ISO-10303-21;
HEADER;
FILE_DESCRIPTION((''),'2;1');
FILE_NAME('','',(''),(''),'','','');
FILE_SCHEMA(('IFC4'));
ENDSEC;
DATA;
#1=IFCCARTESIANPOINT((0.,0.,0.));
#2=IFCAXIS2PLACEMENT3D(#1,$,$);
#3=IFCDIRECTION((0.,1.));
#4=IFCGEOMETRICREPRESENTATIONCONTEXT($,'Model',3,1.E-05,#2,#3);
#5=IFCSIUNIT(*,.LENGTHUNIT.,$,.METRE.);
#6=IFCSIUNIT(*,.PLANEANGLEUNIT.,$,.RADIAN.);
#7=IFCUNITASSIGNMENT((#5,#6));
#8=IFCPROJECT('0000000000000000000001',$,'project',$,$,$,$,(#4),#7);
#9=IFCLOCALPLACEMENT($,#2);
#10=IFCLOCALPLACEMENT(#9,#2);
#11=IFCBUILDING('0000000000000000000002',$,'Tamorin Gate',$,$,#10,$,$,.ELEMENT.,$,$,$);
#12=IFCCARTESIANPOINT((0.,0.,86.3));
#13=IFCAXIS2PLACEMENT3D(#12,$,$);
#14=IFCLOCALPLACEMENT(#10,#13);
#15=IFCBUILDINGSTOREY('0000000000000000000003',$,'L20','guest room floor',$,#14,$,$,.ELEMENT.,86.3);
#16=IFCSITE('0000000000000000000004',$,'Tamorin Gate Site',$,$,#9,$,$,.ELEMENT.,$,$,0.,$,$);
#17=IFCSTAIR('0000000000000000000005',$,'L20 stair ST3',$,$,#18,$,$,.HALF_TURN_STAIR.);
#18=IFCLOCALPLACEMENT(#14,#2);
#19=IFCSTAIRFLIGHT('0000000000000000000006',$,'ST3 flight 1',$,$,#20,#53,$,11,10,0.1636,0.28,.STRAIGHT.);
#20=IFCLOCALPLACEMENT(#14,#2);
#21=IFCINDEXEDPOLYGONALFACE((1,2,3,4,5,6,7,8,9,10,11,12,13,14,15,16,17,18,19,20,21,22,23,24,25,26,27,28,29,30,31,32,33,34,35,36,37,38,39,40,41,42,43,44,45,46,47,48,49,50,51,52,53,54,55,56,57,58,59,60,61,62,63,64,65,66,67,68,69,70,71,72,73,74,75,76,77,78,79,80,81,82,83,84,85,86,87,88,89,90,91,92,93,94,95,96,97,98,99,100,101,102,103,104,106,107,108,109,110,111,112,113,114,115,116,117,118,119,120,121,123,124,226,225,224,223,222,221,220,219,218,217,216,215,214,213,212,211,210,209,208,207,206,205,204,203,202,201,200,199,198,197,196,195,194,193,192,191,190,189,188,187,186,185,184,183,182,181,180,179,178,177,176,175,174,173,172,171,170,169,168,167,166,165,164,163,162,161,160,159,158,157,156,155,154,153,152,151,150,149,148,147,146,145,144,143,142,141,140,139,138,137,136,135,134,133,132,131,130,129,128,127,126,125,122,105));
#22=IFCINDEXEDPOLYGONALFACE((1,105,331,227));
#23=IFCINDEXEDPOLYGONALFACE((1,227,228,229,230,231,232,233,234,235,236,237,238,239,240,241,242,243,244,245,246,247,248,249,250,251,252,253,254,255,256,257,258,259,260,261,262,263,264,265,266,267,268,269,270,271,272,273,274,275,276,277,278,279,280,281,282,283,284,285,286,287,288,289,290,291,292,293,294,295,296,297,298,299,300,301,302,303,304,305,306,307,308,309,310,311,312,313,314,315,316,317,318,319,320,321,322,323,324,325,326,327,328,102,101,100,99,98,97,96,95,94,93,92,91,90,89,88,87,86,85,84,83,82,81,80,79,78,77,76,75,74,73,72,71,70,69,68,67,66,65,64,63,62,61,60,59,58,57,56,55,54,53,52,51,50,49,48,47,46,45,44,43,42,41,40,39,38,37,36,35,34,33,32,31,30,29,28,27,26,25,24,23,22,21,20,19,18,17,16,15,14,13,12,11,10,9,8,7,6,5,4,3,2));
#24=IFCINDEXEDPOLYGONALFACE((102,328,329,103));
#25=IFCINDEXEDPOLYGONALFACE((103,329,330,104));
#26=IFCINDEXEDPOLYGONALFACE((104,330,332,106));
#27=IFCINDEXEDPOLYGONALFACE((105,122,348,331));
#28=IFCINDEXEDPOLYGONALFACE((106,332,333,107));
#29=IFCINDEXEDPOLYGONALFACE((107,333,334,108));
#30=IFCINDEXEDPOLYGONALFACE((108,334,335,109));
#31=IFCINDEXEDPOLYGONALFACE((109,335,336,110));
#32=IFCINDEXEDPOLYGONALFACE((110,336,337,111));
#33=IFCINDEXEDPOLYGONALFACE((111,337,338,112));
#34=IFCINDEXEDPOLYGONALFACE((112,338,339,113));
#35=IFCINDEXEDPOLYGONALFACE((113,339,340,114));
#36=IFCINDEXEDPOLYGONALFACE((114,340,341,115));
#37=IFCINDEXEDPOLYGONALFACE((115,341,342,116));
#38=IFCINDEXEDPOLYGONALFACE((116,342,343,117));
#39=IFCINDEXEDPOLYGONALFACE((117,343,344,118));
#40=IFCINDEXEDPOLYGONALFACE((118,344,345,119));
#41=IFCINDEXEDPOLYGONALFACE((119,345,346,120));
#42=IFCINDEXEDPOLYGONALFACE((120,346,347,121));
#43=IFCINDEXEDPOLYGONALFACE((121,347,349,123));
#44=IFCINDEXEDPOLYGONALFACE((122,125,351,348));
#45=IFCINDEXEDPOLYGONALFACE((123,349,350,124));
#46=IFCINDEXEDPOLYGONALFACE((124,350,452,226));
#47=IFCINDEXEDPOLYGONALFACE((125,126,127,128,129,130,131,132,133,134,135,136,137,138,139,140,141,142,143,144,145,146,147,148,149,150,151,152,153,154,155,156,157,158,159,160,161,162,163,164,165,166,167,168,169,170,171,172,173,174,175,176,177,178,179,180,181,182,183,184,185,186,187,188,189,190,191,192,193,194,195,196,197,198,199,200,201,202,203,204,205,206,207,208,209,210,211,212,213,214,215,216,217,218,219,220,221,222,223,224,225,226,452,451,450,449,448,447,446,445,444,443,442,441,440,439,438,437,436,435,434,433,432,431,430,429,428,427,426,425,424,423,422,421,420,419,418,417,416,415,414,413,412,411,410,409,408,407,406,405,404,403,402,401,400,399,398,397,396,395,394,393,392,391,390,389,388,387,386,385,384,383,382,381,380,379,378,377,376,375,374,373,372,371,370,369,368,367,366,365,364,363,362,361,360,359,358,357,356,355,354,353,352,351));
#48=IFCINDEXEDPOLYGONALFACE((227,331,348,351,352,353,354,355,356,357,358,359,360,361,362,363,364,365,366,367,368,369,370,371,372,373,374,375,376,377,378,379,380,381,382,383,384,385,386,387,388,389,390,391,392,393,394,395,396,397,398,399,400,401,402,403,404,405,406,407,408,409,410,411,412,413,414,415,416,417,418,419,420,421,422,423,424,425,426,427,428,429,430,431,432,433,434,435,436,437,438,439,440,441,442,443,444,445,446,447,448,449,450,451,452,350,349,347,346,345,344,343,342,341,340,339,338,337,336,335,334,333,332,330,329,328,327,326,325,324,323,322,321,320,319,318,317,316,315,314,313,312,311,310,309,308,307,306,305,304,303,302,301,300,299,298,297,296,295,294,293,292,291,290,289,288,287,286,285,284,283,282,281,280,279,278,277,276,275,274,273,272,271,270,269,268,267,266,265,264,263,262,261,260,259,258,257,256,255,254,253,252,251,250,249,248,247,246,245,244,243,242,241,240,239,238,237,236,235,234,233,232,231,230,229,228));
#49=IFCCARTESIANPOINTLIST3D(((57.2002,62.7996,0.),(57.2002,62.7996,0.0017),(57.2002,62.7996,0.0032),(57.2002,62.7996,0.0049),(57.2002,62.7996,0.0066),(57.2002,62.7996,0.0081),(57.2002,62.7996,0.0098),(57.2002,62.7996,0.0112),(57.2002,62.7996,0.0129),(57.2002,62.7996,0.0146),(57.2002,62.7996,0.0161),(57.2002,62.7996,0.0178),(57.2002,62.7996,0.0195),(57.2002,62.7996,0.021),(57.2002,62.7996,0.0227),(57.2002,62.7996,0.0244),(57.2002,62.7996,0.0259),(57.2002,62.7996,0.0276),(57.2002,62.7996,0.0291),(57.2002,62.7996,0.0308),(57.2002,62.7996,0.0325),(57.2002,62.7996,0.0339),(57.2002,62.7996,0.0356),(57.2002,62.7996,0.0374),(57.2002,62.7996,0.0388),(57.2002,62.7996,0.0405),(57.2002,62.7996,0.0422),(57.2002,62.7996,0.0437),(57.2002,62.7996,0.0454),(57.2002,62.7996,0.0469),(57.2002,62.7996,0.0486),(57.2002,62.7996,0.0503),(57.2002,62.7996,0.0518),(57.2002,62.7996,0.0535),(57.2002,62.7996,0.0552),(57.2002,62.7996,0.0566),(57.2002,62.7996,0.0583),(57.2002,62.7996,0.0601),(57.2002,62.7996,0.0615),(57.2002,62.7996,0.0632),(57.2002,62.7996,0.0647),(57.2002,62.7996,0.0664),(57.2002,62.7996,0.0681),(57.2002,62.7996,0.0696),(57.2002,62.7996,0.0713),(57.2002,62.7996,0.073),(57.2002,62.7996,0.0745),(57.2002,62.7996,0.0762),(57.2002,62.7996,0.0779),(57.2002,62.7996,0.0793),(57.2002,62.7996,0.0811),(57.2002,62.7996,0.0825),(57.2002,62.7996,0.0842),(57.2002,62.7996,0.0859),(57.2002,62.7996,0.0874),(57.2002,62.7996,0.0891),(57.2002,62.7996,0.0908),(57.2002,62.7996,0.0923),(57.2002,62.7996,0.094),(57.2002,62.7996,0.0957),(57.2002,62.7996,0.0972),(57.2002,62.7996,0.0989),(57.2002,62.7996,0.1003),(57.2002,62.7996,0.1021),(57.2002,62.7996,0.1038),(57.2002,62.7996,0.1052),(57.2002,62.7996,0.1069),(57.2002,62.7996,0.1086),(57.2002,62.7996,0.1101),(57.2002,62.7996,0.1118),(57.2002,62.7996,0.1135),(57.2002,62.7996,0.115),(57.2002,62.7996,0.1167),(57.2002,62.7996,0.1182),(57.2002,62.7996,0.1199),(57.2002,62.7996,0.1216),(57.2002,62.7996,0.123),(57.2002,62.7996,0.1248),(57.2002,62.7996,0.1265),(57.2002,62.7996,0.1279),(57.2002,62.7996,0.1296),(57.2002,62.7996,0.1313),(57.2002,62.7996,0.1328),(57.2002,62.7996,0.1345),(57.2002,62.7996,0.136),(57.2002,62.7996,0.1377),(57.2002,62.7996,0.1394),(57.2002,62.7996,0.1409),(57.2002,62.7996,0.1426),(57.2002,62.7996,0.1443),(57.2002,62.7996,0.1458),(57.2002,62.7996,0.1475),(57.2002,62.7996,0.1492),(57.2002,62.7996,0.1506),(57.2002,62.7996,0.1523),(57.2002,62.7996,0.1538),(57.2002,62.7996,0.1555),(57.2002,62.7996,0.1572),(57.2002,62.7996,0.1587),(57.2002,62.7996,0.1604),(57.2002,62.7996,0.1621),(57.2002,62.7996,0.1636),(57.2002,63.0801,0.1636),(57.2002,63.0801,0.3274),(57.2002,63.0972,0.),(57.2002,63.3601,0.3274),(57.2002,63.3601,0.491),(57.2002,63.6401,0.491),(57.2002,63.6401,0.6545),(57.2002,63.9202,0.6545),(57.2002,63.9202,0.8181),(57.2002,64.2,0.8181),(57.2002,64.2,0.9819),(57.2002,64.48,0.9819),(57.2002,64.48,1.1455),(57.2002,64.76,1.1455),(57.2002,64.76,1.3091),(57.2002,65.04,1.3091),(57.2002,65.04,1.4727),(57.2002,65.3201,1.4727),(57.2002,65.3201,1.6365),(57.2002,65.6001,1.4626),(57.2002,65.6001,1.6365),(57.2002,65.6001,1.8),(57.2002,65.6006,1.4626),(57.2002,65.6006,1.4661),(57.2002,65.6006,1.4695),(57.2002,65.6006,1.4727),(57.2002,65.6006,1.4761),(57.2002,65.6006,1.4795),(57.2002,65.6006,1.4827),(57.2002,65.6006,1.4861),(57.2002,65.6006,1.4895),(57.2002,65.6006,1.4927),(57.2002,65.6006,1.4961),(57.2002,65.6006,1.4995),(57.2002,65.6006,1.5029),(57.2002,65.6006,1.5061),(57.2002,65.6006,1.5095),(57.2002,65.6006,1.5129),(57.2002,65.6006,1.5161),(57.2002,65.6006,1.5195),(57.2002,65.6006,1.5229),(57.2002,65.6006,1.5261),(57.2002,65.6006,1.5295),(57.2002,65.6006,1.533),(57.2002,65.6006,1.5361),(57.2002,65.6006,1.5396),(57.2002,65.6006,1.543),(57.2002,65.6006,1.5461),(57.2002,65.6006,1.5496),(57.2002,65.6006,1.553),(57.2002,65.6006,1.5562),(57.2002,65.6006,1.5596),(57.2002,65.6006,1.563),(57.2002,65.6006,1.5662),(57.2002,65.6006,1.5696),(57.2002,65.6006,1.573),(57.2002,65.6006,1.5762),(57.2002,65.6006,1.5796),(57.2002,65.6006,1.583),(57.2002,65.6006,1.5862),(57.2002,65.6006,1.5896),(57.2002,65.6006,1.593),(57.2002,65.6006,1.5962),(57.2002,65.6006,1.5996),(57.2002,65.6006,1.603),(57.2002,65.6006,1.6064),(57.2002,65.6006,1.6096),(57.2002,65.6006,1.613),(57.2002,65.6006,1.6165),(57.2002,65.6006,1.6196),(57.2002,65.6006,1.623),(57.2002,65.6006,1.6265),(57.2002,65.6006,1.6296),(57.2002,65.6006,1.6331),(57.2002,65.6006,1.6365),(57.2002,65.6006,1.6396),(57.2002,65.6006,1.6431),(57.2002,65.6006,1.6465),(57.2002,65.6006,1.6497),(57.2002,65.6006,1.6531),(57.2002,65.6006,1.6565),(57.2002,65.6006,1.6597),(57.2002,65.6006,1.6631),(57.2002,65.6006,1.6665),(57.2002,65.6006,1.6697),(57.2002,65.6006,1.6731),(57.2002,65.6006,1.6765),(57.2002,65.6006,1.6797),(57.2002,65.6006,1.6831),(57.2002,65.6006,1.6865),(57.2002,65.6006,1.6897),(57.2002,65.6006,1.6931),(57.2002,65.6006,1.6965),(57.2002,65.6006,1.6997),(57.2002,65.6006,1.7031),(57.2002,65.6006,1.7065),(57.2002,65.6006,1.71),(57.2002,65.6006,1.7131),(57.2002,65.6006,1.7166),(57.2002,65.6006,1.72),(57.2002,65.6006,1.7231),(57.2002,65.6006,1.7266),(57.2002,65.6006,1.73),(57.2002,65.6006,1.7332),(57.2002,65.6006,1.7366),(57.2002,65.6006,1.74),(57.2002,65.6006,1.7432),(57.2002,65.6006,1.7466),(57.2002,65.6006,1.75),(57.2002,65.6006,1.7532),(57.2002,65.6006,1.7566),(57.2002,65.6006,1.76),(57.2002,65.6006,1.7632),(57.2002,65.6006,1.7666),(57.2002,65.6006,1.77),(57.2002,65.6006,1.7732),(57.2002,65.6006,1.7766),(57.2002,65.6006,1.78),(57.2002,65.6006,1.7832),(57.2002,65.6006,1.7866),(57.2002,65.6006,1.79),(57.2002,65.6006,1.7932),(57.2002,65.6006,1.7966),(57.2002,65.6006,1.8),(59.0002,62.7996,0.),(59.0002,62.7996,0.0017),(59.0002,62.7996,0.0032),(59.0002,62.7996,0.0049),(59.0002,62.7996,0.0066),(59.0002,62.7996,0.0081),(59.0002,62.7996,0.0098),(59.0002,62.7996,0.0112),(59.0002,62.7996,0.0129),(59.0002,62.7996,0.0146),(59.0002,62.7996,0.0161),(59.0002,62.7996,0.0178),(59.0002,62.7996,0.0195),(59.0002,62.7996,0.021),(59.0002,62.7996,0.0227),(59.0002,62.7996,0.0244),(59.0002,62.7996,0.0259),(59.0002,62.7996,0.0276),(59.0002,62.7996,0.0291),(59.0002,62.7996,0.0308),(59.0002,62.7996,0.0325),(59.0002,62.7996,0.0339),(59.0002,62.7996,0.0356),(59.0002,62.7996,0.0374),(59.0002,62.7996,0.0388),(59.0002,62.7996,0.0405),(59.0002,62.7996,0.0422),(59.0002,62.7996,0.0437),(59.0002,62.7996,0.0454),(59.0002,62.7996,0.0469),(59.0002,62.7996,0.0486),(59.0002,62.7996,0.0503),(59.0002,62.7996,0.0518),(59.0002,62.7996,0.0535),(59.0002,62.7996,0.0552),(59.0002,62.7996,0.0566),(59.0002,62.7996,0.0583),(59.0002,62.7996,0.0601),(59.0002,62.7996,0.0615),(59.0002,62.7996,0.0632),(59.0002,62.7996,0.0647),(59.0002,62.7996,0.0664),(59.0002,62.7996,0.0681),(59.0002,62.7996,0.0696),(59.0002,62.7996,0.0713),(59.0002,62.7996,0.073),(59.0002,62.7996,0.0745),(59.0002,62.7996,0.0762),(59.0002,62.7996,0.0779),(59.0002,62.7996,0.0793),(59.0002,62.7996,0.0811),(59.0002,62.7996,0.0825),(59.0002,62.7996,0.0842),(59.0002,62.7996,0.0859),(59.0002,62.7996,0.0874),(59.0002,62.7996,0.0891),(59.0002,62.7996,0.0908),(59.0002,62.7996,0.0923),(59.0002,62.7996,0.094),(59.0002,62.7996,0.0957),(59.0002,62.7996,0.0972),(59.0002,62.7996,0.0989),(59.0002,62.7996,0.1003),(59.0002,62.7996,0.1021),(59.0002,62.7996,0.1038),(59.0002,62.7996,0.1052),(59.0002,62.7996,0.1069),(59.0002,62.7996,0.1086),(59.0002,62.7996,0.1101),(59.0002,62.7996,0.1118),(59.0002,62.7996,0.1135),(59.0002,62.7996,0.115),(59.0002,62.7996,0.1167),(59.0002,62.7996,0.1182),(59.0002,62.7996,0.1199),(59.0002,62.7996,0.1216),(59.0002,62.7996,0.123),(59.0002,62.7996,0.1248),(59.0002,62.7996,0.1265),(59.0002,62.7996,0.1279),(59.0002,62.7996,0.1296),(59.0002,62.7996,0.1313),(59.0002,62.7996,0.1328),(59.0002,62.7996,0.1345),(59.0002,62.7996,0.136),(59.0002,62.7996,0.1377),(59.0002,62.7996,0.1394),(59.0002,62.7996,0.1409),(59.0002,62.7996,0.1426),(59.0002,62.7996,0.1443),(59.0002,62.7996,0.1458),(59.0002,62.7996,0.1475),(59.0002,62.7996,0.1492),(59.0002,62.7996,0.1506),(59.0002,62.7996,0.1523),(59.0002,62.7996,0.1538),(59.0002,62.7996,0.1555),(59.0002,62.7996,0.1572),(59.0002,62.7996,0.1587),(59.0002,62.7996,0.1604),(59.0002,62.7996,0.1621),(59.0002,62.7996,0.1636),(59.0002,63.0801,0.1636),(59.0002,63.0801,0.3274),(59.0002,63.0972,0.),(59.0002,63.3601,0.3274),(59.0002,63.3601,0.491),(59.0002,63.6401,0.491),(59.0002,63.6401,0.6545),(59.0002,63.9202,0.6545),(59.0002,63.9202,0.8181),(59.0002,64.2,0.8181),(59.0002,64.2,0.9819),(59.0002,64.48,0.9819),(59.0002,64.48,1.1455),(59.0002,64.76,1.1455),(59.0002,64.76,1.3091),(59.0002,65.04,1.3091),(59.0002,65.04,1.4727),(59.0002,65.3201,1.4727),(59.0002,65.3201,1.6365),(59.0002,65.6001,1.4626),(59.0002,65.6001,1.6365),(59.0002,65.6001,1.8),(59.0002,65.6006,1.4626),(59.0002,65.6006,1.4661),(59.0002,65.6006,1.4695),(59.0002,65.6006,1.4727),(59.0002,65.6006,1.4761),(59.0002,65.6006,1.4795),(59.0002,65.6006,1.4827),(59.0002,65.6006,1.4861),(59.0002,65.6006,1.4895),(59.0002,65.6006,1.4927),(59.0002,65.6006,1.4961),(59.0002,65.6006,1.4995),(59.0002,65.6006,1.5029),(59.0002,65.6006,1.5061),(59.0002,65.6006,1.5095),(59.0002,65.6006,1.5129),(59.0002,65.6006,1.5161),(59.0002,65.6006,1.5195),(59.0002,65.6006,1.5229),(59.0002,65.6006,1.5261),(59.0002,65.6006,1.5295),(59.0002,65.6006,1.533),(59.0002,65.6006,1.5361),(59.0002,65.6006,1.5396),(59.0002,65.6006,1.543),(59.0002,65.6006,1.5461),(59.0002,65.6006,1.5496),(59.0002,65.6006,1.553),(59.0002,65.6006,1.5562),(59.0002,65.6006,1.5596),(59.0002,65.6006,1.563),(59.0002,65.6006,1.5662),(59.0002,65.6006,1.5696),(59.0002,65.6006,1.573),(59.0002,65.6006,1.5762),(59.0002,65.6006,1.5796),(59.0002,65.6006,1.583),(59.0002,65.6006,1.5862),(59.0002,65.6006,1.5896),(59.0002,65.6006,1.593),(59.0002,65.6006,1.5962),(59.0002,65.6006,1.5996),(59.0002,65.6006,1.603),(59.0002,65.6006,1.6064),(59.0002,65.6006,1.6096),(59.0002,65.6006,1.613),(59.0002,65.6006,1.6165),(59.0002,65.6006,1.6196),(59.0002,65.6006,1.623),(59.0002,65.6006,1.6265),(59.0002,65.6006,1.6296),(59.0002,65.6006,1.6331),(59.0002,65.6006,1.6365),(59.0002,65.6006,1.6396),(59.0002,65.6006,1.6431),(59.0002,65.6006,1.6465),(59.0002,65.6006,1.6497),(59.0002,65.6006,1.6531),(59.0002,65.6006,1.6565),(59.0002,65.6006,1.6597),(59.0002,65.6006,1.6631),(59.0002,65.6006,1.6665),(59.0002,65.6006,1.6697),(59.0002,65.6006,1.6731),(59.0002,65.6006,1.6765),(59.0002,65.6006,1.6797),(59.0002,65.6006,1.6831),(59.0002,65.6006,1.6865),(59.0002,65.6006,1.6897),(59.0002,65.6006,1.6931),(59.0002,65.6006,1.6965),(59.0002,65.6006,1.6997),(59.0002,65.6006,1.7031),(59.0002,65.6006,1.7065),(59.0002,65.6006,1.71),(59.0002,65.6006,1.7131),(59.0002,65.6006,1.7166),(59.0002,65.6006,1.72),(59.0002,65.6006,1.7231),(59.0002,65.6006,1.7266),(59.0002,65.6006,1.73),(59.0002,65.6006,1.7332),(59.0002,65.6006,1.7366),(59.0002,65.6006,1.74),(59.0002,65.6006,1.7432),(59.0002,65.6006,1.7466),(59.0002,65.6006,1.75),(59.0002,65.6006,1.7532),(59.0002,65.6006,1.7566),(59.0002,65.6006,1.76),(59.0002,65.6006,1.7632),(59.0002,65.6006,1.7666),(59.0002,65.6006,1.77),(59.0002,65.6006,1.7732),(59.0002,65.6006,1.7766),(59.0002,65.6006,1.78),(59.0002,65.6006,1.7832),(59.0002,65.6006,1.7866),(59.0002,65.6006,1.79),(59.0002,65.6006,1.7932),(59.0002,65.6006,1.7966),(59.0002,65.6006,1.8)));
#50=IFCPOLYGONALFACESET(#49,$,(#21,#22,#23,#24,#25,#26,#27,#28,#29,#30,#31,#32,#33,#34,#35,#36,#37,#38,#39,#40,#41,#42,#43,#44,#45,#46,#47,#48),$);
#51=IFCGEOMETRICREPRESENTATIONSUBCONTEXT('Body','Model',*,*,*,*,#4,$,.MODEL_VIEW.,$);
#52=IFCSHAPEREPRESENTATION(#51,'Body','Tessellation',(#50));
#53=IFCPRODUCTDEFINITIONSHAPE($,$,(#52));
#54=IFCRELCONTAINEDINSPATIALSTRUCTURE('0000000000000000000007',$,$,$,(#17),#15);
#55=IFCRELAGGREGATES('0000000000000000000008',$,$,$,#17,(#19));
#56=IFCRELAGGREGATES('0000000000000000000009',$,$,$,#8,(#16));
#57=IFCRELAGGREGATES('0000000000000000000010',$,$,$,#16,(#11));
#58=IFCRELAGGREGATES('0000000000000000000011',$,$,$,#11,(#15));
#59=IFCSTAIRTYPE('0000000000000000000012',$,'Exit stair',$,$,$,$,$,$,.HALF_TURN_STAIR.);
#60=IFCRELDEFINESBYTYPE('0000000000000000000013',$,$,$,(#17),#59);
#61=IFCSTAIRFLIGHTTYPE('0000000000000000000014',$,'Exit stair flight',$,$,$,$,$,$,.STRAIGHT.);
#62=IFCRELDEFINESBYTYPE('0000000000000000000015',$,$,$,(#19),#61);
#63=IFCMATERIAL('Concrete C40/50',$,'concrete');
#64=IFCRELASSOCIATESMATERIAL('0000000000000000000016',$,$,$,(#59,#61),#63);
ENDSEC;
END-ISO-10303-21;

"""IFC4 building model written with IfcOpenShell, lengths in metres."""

from ifc_helpers import new_model, si_unit, direction, frame, origin, place, context, subcontext, project, spatial, polyline, outline, extrude, material, type_object, element, aggregate, save


model = new_model("IFC4")

# Units and contexts
model_context = context("Model", 3, precision=1e-05, world=origin(), true_north=direction((0.0, 1.0)))
body_context = subcontext(model_context, "Body", "Model", "MODEL_VIEW")
ifc_project = project(units=[si_unit("LENGTHUNIT", "METRE"), si_unit("PLANEANGLEUNIT", "RADIAN")], contexts=[model_context])

# Site, building, storey
site_placement = place(None, origin())
site = spatial("IfcSite", under=ifc_project, at=site_placement, Name="Tamorin Gate Site", CompositionType="ELEMENT", RefElevation=0.0)
building_placement = place(site_placement, origin())
building = spatial("IfcBuilding", under=site, at=building_placement, Name="Tamorin Gate", CompositionType="ELEMENT")
storey_placement = place(building_placement, frame((0.0, 0.0, 86.3)))
storey = spatial("IfcBuildingStorey", under=building, at=storey_placement, Name="L20", Description="guest room floor", CompositionType="ELEMENT", Elevation=86.3)

# Shared definitions
ifc_material_1 = material(Name="Concrete C40/50", Category="concrete")

# Stair, stair flight
stair_type = type_object("IfcStairType", Name="Exit stair", PredefinedType="HALF_TURN_STAIR", material=ifc_material_1)
stair_placement = place(storey_placement, origin())
stair = element("IfcStair", 1, at=stair_placement, inside=storey, type_object=stair_type, Name="L20 stair ST3", PredefinedType="HALF_TURN_STAIR")
stair_flight_type = type_object("IfcStairFlightType", Name="Exit stair flight", PredefinedType="STRAIGHT", material=ifc_material_1)
stair_flight_1_placement = place(storey_placement, frame((58.1001, 62.8, 0.0), z_axis=(0.0, 0.0, 1.0), x_axis=(0.0, 1.0, 0.0)))
stair_flight_1 = element("IfcStairFlight", 2, at=stair_flight_1_placement, type_object=stair_flight_type, Name="ST3 flight 1", NumberOfRisers=11, NumberOfTreads=10, PredefinedType="STRAIGHT", RiserHeight=0.1636, TreadLength=0.28, context=body_context, shape_type="SweptSolid", body=[
    extrude(outline(polyline([(-0.0005, 0.0), (-0.0005, 0.0017), (-0.0005, 0.0032), (-0.0005, 0.0049), (-0.0005, 0.0066), (-0.0005, 0.0081), (-0.0005, 0.0098), (-0.0005, 0.0112), (-0.0005, 0.0129), (-0.0005, 0.0146), (-0.0005, 0.0161), (-0.0005, 0.0178), (-0.0005, 0.0195), (-0.0005, 0.021), (-0.0005, 0.0227), (-0.0005, 0.0244), (-0.0005, 0.0259), (-0.0005, 0.0276), (-0.0005, 0.0291), (-0.0005, 0.0308), (-0.0005, 0.0325), (-0.0005, 0.0339), (-0.0005, 0.0356), (-0.0005, 0.0374), (-0.0005, 0.0388), (-0.0005, 0.0405), (-0.0005, 0.0422), (-0.0005, 0.0437), (-0.0005, 0.0454), (-0.0005, 0.0469), (-0.0005, 0.0486), (-0.0005, 0.0503), (-0.0005, 0.0518), (-0.0005, 0.0535), (-0.0005, 0.0552), (-0.0005, 0.0566), (-0.0005, 0.0583), (-0.0005, 0.0601), (-0.0005, 0.0615), (-0.0005, 0.0632), (-0.0005, 0.0647), (-0.0005, 0.0664), (-0.0005, 0.0681), (-0.0005, 0.0696), (-0.0005, 0.0713), (-0.0005, 0.073), (-0.0005, 0.0745), (-0.0005, 0.0762), (-0.0005, 0.0779), (-0.0005, 0.0793), (-0.0005, 0.0811), (-0.0005, 0.0825), (-0.0005, 0.0842), (-0.0005, 0.0859), (-0.0005, 0.0874), (-0.0005, 0.0891), (-0.0005, 0.0908), (-0.0005, 0.0923), (-0.0005, 0.094), (-0.0005, 0.0957), (-0.0005, 0.0972), (-0.0005, 0.0989), (-0.0005, 0.1003), (-0.0005, 0.1021), (-0.0005, 0.1038), (-0.0005, 0.1052), (-0.0005, 0.1069), (-0.0005, 0.1086), (-0.0005, 0.1101), (-0.0005, 0.1118), (-0.0005, 0.1135), (-0.0005, 0.115), (-0.0005, 0.1167), (-0.0005, 0.1182), (-0.0005, 0.1199), (-0.0005, 0.1216), (-0.0005, 0.123), (-0.0005, 0.1248), (-0.0005, 0.1265), (-0.0005, 0.1279), (-0.0005, 0.1296), (-0.0005, 0.1313), (-0.0005, 0.1328), (-0.0005, 0.1345), (-0.0005, 0.136), (-0.0005, 0.1377), (-0.0005, 0.1394), (-0.0005, 0.1409), (-0.0005, 0.1426), (-0.0005, 0.1443), (-0.0005, 0.1458), (-0.0005, 0.1475), (-0.0005, 0.1492), (-0.0005, 0.1506), (-0.0005, 0.1523), (-0.0005, 0.1538), (-0.0005, 0.1555), (-0.0005, 0.1572), (-0.0005, 0.1587), (-0.0005, 0.1604), (-0.0005, 0.1621), (-0.0005, 0.1636), (0.28, 0.1636), (0.28, 0.3274), (0.5601, 0.3274), (0.5601, 0.491), (0.8401, 0.491), (0.8401, 0.6545), (1.1201, 0.6545), (1.1201, 0.8181), (1.3999, 0.8181), (1.3999, 0.9819), (1.6799, 0.9819), (1.6799, 1.1455), (1.96, 1.1455), (1.96, 1.3091), (2.24, 1.3091), (2.24, 1.4727), (2.52, 1.4727), (2.52, 1.6365), (2.8, 1.6365), (2.8, 1.8), (2.8005, 1.8), (2.8005, 1.7966), (2.8005, 1.7932), (2.8005, 1.79), (2.8005, 1.7866), (2.8005, 1.7832), (2.8005, 1.78), (2.8005, 1.7766), (2.8005, 1.7732), (2.8005, 1.77), (2.8005, 1.7666), (2.8005, 1.7632), (2.8005, 1.76), (2.8005, 1.7566), (2.8005, 1.7532), (2.8005, 1.75), (2.8005, 1.7466), (2.8005, 1.7432), (2.8005, 1.74), (2.8005, 1.7366), (2.8005, 1.7332), (2.8005, 1.73), (2.8005, 1.7266), (2.8005, 1.7231), (2.8005, 1.72), (2.8005, 1.7166), (2.8005, 1.7131), (2.8005, 1.71), (2.8005, 1.7065), (2.8005, 1.7031), (2.8005, 1.6997), (2.8005, 1.6965), (2.8005, 1.6931), (2.8005, 1.6897), (2.8005, 1.6865), (2.8005, 1.6831), (2.8005, 1.6797), (2.8005, 1.6765), (2.8005, 1.6731), (2.8005, 1.6697), (2.8005, 1.6665), (2.8005, 1.6631), (2.8005, 1.6597), (2.8005, 1.6565), (2.8005, 1.6531), (2.8005, 1.6497), (2.8005, 1.6465), (2.8005, 1.6431), (2.8005, 1.6396), (2.8005, 1.6365), (2.8005, 1.6331), (2.8005, 1.6296), (2.8005, 1.6265), (2.8005, 1.623), (2.8005, 1.6196), (2.8005, 1.6165), (2.8005, 1.613), (2.8005, 1.6096), (2.8005, 1.6064), (2.8005, 1.603), (2.8005, 1.5996), (2.8005, 1.5962), (2.8005, 1.593), (2.8005, 1.5896), (2.8005, 1.5862), (2.8005, 1.583), (2.8005, 1.5796), (2.8005, 1.5762), (2.8005, 1.573), (2.8005, 1.5696), (2.8005, 1.5662), (2.8005, 1.563), (2.8005, 1.5596), (2.8005, 1.5562), (2.8005, 1.553), (2.8005, 1.5496), (2.8005, 1.5461), (2.8005, 1.543), (2.8005, 1.5396), (2.8005, 1.5361), (2.8005, 1.533), (2.8005, 1.5295), (2.8005, 1.5261), (2.8005, 1.5229), (2.8005, 1.5195), (2.8005, 1.5161), (2.8005, 1.5129), (2.8005, 1.5095), (2.8005, 1.5061), (2.8005, 1.5029), (2.8005, 1.4995), (2.8005, 1.4961), (2.8005, 1.4927), (2.8005, 1.4895), (2.8005, 1.4861), (2.8005, 1.4827), (2.8005, 1.4795), (2.8005, 1.4761), (2.8005, 1.4727), (2.8005, 1.4695), (2.8005, 1.4661), (2.8005, 1.4626), (2.8, 1.4626), (0.2971, 0.0), (-0.0005, 0.0)])), frame((0.0, 0.8999, 0.0), z_axis=(0.0, -1.0, 0.0), x_axis=(1.0, 0.0, 0.0)), (0.0, 0.0, 1.0), 1.8),
])
aggregate(stair, [stair_flight_1])

save(model, "model.ifc")
